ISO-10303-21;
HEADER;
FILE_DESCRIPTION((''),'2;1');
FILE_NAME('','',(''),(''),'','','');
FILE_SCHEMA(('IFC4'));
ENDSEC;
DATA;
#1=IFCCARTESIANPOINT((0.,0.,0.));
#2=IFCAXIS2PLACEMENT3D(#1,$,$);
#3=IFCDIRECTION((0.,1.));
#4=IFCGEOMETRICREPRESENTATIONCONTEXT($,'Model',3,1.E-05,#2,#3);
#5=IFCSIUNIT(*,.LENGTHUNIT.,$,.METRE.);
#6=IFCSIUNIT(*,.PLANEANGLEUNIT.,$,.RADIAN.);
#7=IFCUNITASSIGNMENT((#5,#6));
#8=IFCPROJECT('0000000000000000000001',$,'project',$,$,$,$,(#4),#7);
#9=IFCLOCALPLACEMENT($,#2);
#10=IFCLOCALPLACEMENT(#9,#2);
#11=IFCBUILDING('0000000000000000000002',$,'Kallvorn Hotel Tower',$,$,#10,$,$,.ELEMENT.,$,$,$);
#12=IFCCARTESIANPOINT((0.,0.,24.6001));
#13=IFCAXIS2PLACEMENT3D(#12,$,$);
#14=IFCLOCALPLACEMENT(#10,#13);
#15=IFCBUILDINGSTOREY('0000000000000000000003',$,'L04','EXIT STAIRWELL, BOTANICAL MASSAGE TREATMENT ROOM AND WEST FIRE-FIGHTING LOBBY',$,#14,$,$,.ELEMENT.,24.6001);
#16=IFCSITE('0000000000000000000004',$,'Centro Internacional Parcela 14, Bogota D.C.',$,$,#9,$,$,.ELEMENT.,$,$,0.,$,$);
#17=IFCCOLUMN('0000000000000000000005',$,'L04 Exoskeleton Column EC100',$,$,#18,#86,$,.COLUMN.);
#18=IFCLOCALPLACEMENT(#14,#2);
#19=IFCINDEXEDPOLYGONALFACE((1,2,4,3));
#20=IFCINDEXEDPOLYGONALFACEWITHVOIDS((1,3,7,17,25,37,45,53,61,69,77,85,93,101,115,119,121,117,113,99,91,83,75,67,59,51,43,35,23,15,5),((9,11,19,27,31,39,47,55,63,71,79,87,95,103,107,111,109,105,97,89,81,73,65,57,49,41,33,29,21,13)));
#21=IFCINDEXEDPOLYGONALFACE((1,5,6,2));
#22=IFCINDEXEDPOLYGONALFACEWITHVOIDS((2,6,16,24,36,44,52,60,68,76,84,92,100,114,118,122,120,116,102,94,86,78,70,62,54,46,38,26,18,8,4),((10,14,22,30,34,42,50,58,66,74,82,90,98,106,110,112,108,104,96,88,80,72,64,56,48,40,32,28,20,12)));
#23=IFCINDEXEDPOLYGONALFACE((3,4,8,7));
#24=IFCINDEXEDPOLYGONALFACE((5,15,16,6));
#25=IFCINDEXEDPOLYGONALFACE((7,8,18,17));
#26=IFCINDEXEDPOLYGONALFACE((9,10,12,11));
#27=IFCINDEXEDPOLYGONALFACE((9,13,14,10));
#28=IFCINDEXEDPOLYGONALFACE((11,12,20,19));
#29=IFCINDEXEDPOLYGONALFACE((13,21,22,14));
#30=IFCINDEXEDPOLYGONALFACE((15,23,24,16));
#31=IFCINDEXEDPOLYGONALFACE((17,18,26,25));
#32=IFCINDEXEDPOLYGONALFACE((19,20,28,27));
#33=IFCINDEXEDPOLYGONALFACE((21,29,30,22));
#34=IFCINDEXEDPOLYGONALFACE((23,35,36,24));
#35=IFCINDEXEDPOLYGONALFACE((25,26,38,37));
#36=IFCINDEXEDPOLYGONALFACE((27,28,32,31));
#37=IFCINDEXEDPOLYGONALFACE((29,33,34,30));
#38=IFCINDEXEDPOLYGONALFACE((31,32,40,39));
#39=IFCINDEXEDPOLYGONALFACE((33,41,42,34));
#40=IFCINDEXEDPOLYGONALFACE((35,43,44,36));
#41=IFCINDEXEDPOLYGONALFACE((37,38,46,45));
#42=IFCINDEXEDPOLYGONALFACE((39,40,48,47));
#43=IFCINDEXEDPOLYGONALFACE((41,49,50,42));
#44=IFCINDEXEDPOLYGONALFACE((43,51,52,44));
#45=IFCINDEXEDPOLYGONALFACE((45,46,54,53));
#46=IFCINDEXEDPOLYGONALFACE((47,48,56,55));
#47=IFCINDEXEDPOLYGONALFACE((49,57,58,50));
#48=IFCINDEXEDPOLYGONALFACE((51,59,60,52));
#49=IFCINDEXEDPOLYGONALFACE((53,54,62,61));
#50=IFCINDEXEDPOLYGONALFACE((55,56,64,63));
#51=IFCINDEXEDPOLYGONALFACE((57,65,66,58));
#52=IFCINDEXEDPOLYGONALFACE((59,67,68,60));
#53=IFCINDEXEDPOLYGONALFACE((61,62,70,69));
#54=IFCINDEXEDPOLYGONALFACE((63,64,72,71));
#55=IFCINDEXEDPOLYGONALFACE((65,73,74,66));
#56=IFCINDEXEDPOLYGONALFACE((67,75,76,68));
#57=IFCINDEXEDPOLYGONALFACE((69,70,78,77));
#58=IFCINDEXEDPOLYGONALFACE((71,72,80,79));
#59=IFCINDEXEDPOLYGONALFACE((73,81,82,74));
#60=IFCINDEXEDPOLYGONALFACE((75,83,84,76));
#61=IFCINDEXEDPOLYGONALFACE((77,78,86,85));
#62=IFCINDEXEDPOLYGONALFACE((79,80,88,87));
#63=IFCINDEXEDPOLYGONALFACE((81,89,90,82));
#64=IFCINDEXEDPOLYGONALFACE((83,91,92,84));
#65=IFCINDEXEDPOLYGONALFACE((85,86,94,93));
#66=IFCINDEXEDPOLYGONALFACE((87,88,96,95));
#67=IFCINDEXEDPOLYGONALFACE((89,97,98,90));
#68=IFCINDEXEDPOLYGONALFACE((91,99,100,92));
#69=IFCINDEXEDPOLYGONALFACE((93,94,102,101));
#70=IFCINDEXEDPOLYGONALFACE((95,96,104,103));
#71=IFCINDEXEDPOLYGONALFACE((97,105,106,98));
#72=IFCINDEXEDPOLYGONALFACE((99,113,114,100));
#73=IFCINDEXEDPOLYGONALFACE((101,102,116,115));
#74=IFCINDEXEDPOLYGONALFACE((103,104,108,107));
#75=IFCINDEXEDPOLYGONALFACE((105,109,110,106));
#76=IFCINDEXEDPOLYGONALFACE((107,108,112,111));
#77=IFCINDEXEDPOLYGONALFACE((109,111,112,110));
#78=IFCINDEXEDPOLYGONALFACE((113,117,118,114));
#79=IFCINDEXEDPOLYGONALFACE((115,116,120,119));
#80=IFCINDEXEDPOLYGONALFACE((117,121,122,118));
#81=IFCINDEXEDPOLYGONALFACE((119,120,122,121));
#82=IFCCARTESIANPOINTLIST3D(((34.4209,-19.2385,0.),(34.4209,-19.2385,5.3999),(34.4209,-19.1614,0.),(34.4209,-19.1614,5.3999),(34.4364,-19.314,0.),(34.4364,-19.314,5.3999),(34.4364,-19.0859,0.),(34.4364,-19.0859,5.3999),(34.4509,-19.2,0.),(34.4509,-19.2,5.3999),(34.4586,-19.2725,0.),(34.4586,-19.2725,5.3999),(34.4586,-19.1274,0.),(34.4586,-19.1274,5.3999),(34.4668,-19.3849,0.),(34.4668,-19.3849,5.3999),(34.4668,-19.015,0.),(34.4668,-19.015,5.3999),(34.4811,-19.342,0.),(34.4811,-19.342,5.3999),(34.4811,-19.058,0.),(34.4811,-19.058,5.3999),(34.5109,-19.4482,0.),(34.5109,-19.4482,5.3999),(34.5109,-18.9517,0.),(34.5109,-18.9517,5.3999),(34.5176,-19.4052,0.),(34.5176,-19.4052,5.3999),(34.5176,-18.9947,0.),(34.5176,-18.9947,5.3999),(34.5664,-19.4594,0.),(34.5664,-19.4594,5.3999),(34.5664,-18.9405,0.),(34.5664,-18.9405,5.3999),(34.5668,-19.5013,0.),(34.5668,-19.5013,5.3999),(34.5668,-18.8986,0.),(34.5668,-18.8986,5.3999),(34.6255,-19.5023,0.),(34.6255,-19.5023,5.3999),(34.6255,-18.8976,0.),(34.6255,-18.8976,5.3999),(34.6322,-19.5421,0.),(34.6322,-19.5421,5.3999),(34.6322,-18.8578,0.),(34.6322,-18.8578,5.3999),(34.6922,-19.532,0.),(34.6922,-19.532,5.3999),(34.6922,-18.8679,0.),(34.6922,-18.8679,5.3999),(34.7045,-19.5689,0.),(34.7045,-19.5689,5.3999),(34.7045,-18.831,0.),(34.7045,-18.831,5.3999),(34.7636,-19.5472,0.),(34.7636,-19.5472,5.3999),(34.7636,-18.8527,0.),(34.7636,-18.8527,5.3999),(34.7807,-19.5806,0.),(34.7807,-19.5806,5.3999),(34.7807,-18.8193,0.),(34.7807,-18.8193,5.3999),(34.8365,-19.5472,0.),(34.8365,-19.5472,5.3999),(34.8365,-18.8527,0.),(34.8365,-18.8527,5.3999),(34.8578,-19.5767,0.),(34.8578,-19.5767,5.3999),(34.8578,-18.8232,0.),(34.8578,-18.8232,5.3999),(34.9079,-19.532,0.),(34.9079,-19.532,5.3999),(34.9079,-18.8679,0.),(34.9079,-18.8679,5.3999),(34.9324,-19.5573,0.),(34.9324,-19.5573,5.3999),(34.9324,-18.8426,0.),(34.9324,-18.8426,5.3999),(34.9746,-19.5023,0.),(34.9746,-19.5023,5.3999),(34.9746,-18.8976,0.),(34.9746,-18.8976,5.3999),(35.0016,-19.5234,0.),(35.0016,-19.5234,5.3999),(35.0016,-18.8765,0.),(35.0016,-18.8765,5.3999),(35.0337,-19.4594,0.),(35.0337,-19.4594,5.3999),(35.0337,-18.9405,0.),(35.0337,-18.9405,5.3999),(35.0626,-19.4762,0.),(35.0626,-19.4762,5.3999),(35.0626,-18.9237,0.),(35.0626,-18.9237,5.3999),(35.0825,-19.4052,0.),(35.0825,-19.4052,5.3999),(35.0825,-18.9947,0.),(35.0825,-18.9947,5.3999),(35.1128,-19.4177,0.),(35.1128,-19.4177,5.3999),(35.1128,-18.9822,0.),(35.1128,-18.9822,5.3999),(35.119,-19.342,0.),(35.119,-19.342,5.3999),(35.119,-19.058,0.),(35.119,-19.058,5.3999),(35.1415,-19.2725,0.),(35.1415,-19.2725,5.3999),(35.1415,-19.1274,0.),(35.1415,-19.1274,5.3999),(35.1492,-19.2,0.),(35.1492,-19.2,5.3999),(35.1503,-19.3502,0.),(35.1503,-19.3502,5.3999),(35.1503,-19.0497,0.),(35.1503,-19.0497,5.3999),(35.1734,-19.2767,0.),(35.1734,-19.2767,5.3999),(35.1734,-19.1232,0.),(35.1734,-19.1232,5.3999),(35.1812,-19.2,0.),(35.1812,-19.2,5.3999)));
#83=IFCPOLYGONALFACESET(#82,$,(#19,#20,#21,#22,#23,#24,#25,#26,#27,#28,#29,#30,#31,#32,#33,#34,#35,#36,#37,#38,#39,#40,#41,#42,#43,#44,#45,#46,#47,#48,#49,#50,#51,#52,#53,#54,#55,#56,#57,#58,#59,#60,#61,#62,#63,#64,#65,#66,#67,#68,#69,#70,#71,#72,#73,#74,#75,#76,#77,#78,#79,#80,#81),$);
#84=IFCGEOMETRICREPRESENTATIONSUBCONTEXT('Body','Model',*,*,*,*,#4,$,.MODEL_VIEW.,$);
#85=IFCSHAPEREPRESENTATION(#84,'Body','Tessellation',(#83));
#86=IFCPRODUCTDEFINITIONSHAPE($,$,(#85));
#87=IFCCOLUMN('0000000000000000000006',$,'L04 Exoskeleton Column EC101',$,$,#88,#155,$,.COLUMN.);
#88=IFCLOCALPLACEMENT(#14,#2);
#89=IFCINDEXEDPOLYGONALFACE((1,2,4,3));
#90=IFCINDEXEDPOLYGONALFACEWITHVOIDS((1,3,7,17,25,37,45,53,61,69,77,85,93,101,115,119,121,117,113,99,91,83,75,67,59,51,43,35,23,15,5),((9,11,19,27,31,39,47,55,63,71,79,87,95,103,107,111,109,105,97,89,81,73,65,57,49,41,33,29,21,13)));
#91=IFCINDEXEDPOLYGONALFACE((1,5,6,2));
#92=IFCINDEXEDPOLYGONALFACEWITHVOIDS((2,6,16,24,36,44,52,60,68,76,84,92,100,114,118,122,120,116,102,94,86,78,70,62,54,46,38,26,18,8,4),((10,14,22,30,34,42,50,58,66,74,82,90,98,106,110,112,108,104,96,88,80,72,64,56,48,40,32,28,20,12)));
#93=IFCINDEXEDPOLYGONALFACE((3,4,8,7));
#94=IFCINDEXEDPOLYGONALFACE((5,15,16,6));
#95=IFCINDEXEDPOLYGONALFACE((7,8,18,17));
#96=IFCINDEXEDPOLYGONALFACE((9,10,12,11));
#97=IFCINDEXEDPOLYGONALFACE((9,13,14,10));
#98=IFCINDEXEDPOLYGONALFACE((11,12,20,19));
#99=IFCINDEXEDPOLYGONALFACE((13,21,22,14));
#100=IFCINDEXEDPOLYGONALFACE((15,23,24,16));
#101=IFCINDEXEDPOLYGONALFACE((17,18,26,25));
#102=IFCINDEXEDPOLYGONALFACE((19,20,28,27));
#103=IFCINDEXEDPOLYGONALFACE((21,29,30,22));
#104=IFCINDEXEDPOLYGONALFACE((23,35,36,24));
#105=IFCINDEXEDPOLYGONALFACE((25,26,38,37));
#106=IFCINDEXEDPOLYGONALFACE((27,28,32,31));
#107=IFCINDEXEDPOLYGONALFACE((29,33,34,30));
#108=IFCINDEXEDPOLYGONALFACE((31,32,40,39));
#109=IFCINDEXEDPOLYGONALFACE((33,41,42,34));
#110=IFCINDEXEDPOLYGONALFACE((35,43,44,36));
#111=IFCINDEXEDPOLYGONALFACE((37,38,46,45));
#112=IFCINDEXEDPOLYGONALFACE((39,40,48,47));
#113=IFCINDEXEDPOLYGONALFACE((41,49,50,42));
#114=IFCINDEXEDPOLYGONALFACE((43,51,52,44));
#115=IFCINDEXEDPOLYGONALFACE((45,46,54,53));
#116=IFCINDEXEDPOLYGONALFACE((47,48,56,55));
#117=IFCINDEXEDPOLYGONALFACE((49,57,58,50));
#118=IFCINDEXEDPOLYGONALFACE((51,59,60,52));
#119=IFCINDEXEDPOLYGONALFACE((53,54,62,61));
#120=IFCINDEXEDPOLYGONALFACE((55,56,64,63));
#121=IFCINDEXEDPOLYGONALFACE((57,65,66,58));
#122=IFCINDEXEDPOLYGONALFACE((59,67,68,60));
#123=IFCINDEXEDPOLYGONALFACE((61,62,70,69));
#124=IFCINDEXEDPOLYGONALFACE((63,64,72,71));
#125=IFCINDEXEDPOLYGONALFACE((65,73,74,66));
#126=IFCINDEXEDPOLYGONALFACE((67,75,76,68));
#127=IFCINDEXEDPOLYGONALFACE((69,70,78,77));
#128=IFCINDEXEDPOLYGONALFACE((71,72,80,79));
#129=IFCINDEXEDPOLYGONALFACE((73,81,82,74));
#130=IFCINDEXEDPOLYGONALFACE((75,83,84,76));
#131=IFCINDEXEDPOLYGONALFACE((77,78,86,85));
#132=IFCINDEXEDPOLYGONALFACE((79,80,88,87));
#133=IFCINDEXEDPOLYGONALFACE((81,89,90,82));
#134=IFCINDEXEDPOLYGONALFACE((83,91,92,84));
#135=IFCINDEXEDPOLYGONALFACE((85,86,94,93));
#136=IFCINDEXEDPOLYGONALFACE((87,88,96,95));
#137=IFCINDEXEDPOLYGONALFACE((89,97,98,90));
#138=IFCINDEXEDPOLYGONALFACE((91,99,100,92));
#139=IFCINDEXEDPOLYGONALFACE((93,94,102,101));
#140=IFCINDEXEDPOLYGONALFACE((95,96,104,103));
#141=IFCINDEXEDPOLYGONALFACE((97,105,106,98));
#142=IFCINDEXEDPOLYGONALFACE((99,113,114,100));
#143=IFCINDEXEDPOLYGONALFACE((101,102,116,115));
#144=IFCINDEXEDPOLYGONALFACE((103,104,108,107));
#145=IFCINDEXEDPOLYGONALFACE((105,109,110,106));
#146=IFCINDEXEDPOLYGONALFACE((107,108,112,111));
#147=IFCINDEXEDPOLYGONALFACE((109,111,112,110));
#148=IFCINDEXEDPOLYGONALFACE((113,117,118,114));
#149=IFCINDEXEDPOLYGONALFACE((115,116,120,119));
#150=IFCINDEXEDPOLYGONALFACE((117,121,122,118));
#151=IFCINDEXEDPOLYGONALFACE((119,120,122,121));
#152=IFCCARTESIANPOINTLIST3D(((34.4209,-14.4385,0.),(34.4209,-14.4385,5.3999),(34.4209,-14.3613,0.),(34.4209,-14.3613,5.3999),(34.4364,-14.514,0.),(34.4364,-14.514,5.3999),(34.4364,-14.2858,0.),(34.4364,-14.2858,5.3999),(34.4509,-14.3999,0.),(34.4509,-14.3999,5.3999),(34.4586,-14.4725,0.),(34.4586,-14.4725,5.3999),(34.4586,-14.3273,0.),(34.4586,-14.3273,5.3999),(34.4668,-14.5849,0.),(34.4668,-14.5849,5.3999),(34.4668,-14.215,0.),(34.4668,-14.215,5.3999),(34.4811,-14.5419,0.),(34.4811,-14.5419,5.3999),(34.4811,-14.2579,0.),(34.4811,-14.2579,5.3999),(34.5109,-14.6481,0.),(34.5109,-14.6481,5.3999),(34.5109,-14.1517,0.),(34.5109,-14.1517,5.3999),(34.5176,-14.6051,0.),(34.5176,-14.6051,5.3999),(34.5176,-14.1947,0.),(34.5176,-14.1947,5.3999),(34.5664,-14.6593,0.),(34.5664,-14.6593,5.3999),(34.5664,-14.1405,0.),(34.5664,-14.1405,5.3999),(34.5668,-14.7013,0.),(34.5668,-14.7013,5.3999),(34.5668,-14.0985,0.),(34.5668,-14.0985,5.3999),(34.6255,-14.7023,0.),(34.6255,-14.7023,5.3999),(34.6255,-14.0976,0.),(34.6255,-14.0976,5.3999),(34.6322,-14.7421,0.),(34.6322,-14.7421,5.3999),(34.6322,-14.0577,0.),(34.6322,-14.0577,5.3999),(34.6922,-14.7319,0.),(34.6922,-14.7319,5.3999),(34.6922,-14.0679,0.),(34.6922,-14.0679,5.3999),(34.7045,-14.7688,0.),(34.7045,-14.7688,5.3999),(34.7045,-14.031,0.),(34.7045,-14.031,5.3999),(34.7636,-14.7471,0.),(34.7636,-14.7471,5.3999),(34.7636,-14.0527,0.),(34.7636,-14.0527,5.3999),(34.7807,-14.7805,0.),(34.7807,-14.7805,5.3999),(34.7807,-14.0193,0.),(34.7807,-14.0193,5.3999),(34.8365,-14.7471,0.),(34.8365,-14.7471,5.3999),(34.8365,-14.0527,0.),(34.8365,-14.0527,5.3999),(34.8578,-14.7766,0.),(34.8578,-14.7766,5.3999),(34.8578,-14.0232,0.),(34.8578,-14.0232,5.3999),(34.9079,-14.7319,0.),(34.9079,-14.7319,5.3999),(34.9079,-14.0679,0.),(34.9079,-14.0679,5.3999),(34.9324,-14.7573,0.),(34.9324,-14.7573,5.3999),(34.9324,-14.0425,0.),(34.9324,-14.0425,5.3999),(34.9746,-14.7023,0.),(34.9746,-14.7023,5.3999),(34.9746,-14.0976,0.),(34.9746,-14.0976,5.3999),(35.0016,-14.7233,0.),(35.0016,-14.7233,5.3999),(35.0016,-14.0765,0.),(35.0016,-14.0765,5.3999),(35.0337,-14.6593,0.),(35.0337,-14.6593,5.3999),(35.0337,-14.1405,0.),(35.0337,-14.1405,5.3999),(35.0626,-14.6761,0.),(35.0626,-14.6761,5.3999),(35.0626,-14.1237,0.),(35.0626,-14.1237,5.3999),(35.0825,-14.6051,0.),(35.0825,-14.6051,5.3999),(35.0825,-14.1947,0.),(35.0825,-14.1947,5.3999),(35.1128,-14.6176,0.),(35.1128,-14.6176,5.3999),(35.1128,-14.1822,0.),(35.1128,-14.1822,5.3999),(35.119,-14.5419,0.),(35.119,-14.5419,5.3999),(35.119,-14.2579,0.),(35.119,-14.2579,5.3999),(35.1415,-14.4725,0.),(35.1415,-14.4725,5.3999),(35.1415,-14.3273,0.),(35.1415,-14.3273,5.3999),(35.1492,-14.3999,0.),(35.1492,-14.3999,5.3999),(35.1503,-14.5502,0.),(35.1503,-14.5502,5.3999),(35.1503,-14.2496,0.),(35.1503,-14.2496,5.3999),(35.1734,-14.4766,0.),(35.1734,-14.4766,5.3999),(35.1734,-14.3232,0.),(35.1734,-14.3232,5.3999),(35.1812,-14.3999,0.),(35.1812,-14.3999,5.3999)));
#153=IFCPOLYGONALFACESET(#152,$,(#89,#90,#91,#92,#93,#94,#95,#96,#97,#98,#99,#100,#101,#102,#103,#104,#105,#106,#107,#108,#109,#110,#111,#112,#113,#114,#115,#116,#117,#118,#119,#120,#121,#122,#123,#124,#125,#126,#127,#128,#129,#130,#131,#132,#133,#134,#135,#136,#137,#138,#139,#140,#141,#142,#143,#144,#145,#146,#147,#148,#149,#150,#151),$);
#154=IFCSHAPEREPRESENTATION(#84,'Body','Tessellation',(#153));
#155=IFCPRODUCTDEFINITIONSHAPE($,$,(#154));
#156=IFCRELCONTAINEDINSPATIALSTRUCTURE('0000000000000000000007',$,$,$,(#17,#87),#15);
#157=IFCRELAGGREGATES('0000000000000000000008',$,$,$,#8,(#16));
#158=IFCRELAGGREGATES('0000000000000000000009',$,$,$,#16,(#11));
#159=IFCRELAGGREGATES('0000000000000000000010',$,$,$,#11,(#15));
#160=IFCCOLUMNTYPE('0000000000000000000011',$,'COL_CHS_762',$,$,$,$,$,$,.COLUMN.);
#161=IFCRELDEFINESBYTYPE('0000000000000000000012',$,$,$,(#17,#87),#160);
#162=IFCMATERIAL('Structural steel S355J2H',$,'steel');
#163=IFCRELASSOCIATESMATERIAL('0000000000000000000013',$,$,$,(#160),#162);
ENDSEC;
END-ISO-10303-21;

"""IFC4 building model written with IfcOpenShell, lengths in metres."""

from ifc_helpers import new_model, si_unit, direction, frame, origin, origin_2d, place, context, subcontext, project, spatial, hollow_circle, extrude, material, material_profile, profile_set, type_object, element, save


model = new_model("IFC4")

# Units and contexts
model_context = context("Model", 3, precision=1e-05, world=origin(), true_north=direction((0.0, 1.0)))
body_context = subcontext(model_context, "Body", "Model", "MODEL_VIEW")
ifc_project = project(units=[si_unit("LENGTHUNIT", "METRE"), si_unit("PLANEANGLEUNIT", "RADIAN")], contexts=[model_context])

# Site, building, storey
site_placement = place(None, origin())
site = spatial("IfcSite", under=ifc_project, at=site_placement, Name="Centro Internacional Parcela 14, Bogota D.C.", CompositionType="ELEMENT", RefElevation=0.0)
building_placement = place(site_placement, origin())
building = spatial("IfcBuilding", under=site, at=building_placement, Name="Kallvorn Hotel Tower", CompositionType="ELEMENT")
storey_placement = place(building_placement, frame((0.0, 0.0, 24.6001)))
storey = spatial("IfcBuildingStorey", under=building, at=storey_placement, Name="L04", Description="EXIT STAIRWELL, BOTANICAL MASSAGE TREATMENT ROOM AND WEST FIRE-FIGHTING LOBBY", CompositionType="ELEMENT", Elevation=24.6001)

# Columns
ifc_material_1 = material(Name="Structural steel S355J2H", Category="steel")
ifc_material_profile_1 = material_profile(ifc_material_1, hollow_circle(Radius=0.3811, WallThickness=0.032, at=origin_2d()), Name="CHS 762x32")
ifc_profile_set_1 = profile_set([ifc_material_profile_1], Name="Structural steel S355J2H")
column_type_1 = type_object("IfcColumnType", Name="COL_CHS_762", PredefinedType="COLUMN", material=ifc_profile_set_1)
for number, where, z_axis, x_axis, name in (
    (1, (34.8, -19.2, 0.0), (0.0, 0.0, 1.0), (1.0, 0.0, 0.0), "L04 Exoskeleton Column EC100"),
    (2, (34.8, -14.3999, 0.0), (0.0, 0.0, 1.0), (1.0, 0.0, 0.0), "L04 Exoskeleton Column EC101"),
):
    element("IfcColumn", number, at=place(storey_placement, frame(where, z_axis=z_axis, x_axis=x_axis)), inside=storey, type_object=column_type_1, Name=name, PredefinedType="COLUMN", context=body_context, shape_type="SweptSolid", body=[
        extrude(hollow_circle(Radius=0.3811, WallThickness=0.032, at=origin_2d()), origin(), (0.0, 0.0, 1.0), 5.3999),
    ])

save(model, "model.ifc")
